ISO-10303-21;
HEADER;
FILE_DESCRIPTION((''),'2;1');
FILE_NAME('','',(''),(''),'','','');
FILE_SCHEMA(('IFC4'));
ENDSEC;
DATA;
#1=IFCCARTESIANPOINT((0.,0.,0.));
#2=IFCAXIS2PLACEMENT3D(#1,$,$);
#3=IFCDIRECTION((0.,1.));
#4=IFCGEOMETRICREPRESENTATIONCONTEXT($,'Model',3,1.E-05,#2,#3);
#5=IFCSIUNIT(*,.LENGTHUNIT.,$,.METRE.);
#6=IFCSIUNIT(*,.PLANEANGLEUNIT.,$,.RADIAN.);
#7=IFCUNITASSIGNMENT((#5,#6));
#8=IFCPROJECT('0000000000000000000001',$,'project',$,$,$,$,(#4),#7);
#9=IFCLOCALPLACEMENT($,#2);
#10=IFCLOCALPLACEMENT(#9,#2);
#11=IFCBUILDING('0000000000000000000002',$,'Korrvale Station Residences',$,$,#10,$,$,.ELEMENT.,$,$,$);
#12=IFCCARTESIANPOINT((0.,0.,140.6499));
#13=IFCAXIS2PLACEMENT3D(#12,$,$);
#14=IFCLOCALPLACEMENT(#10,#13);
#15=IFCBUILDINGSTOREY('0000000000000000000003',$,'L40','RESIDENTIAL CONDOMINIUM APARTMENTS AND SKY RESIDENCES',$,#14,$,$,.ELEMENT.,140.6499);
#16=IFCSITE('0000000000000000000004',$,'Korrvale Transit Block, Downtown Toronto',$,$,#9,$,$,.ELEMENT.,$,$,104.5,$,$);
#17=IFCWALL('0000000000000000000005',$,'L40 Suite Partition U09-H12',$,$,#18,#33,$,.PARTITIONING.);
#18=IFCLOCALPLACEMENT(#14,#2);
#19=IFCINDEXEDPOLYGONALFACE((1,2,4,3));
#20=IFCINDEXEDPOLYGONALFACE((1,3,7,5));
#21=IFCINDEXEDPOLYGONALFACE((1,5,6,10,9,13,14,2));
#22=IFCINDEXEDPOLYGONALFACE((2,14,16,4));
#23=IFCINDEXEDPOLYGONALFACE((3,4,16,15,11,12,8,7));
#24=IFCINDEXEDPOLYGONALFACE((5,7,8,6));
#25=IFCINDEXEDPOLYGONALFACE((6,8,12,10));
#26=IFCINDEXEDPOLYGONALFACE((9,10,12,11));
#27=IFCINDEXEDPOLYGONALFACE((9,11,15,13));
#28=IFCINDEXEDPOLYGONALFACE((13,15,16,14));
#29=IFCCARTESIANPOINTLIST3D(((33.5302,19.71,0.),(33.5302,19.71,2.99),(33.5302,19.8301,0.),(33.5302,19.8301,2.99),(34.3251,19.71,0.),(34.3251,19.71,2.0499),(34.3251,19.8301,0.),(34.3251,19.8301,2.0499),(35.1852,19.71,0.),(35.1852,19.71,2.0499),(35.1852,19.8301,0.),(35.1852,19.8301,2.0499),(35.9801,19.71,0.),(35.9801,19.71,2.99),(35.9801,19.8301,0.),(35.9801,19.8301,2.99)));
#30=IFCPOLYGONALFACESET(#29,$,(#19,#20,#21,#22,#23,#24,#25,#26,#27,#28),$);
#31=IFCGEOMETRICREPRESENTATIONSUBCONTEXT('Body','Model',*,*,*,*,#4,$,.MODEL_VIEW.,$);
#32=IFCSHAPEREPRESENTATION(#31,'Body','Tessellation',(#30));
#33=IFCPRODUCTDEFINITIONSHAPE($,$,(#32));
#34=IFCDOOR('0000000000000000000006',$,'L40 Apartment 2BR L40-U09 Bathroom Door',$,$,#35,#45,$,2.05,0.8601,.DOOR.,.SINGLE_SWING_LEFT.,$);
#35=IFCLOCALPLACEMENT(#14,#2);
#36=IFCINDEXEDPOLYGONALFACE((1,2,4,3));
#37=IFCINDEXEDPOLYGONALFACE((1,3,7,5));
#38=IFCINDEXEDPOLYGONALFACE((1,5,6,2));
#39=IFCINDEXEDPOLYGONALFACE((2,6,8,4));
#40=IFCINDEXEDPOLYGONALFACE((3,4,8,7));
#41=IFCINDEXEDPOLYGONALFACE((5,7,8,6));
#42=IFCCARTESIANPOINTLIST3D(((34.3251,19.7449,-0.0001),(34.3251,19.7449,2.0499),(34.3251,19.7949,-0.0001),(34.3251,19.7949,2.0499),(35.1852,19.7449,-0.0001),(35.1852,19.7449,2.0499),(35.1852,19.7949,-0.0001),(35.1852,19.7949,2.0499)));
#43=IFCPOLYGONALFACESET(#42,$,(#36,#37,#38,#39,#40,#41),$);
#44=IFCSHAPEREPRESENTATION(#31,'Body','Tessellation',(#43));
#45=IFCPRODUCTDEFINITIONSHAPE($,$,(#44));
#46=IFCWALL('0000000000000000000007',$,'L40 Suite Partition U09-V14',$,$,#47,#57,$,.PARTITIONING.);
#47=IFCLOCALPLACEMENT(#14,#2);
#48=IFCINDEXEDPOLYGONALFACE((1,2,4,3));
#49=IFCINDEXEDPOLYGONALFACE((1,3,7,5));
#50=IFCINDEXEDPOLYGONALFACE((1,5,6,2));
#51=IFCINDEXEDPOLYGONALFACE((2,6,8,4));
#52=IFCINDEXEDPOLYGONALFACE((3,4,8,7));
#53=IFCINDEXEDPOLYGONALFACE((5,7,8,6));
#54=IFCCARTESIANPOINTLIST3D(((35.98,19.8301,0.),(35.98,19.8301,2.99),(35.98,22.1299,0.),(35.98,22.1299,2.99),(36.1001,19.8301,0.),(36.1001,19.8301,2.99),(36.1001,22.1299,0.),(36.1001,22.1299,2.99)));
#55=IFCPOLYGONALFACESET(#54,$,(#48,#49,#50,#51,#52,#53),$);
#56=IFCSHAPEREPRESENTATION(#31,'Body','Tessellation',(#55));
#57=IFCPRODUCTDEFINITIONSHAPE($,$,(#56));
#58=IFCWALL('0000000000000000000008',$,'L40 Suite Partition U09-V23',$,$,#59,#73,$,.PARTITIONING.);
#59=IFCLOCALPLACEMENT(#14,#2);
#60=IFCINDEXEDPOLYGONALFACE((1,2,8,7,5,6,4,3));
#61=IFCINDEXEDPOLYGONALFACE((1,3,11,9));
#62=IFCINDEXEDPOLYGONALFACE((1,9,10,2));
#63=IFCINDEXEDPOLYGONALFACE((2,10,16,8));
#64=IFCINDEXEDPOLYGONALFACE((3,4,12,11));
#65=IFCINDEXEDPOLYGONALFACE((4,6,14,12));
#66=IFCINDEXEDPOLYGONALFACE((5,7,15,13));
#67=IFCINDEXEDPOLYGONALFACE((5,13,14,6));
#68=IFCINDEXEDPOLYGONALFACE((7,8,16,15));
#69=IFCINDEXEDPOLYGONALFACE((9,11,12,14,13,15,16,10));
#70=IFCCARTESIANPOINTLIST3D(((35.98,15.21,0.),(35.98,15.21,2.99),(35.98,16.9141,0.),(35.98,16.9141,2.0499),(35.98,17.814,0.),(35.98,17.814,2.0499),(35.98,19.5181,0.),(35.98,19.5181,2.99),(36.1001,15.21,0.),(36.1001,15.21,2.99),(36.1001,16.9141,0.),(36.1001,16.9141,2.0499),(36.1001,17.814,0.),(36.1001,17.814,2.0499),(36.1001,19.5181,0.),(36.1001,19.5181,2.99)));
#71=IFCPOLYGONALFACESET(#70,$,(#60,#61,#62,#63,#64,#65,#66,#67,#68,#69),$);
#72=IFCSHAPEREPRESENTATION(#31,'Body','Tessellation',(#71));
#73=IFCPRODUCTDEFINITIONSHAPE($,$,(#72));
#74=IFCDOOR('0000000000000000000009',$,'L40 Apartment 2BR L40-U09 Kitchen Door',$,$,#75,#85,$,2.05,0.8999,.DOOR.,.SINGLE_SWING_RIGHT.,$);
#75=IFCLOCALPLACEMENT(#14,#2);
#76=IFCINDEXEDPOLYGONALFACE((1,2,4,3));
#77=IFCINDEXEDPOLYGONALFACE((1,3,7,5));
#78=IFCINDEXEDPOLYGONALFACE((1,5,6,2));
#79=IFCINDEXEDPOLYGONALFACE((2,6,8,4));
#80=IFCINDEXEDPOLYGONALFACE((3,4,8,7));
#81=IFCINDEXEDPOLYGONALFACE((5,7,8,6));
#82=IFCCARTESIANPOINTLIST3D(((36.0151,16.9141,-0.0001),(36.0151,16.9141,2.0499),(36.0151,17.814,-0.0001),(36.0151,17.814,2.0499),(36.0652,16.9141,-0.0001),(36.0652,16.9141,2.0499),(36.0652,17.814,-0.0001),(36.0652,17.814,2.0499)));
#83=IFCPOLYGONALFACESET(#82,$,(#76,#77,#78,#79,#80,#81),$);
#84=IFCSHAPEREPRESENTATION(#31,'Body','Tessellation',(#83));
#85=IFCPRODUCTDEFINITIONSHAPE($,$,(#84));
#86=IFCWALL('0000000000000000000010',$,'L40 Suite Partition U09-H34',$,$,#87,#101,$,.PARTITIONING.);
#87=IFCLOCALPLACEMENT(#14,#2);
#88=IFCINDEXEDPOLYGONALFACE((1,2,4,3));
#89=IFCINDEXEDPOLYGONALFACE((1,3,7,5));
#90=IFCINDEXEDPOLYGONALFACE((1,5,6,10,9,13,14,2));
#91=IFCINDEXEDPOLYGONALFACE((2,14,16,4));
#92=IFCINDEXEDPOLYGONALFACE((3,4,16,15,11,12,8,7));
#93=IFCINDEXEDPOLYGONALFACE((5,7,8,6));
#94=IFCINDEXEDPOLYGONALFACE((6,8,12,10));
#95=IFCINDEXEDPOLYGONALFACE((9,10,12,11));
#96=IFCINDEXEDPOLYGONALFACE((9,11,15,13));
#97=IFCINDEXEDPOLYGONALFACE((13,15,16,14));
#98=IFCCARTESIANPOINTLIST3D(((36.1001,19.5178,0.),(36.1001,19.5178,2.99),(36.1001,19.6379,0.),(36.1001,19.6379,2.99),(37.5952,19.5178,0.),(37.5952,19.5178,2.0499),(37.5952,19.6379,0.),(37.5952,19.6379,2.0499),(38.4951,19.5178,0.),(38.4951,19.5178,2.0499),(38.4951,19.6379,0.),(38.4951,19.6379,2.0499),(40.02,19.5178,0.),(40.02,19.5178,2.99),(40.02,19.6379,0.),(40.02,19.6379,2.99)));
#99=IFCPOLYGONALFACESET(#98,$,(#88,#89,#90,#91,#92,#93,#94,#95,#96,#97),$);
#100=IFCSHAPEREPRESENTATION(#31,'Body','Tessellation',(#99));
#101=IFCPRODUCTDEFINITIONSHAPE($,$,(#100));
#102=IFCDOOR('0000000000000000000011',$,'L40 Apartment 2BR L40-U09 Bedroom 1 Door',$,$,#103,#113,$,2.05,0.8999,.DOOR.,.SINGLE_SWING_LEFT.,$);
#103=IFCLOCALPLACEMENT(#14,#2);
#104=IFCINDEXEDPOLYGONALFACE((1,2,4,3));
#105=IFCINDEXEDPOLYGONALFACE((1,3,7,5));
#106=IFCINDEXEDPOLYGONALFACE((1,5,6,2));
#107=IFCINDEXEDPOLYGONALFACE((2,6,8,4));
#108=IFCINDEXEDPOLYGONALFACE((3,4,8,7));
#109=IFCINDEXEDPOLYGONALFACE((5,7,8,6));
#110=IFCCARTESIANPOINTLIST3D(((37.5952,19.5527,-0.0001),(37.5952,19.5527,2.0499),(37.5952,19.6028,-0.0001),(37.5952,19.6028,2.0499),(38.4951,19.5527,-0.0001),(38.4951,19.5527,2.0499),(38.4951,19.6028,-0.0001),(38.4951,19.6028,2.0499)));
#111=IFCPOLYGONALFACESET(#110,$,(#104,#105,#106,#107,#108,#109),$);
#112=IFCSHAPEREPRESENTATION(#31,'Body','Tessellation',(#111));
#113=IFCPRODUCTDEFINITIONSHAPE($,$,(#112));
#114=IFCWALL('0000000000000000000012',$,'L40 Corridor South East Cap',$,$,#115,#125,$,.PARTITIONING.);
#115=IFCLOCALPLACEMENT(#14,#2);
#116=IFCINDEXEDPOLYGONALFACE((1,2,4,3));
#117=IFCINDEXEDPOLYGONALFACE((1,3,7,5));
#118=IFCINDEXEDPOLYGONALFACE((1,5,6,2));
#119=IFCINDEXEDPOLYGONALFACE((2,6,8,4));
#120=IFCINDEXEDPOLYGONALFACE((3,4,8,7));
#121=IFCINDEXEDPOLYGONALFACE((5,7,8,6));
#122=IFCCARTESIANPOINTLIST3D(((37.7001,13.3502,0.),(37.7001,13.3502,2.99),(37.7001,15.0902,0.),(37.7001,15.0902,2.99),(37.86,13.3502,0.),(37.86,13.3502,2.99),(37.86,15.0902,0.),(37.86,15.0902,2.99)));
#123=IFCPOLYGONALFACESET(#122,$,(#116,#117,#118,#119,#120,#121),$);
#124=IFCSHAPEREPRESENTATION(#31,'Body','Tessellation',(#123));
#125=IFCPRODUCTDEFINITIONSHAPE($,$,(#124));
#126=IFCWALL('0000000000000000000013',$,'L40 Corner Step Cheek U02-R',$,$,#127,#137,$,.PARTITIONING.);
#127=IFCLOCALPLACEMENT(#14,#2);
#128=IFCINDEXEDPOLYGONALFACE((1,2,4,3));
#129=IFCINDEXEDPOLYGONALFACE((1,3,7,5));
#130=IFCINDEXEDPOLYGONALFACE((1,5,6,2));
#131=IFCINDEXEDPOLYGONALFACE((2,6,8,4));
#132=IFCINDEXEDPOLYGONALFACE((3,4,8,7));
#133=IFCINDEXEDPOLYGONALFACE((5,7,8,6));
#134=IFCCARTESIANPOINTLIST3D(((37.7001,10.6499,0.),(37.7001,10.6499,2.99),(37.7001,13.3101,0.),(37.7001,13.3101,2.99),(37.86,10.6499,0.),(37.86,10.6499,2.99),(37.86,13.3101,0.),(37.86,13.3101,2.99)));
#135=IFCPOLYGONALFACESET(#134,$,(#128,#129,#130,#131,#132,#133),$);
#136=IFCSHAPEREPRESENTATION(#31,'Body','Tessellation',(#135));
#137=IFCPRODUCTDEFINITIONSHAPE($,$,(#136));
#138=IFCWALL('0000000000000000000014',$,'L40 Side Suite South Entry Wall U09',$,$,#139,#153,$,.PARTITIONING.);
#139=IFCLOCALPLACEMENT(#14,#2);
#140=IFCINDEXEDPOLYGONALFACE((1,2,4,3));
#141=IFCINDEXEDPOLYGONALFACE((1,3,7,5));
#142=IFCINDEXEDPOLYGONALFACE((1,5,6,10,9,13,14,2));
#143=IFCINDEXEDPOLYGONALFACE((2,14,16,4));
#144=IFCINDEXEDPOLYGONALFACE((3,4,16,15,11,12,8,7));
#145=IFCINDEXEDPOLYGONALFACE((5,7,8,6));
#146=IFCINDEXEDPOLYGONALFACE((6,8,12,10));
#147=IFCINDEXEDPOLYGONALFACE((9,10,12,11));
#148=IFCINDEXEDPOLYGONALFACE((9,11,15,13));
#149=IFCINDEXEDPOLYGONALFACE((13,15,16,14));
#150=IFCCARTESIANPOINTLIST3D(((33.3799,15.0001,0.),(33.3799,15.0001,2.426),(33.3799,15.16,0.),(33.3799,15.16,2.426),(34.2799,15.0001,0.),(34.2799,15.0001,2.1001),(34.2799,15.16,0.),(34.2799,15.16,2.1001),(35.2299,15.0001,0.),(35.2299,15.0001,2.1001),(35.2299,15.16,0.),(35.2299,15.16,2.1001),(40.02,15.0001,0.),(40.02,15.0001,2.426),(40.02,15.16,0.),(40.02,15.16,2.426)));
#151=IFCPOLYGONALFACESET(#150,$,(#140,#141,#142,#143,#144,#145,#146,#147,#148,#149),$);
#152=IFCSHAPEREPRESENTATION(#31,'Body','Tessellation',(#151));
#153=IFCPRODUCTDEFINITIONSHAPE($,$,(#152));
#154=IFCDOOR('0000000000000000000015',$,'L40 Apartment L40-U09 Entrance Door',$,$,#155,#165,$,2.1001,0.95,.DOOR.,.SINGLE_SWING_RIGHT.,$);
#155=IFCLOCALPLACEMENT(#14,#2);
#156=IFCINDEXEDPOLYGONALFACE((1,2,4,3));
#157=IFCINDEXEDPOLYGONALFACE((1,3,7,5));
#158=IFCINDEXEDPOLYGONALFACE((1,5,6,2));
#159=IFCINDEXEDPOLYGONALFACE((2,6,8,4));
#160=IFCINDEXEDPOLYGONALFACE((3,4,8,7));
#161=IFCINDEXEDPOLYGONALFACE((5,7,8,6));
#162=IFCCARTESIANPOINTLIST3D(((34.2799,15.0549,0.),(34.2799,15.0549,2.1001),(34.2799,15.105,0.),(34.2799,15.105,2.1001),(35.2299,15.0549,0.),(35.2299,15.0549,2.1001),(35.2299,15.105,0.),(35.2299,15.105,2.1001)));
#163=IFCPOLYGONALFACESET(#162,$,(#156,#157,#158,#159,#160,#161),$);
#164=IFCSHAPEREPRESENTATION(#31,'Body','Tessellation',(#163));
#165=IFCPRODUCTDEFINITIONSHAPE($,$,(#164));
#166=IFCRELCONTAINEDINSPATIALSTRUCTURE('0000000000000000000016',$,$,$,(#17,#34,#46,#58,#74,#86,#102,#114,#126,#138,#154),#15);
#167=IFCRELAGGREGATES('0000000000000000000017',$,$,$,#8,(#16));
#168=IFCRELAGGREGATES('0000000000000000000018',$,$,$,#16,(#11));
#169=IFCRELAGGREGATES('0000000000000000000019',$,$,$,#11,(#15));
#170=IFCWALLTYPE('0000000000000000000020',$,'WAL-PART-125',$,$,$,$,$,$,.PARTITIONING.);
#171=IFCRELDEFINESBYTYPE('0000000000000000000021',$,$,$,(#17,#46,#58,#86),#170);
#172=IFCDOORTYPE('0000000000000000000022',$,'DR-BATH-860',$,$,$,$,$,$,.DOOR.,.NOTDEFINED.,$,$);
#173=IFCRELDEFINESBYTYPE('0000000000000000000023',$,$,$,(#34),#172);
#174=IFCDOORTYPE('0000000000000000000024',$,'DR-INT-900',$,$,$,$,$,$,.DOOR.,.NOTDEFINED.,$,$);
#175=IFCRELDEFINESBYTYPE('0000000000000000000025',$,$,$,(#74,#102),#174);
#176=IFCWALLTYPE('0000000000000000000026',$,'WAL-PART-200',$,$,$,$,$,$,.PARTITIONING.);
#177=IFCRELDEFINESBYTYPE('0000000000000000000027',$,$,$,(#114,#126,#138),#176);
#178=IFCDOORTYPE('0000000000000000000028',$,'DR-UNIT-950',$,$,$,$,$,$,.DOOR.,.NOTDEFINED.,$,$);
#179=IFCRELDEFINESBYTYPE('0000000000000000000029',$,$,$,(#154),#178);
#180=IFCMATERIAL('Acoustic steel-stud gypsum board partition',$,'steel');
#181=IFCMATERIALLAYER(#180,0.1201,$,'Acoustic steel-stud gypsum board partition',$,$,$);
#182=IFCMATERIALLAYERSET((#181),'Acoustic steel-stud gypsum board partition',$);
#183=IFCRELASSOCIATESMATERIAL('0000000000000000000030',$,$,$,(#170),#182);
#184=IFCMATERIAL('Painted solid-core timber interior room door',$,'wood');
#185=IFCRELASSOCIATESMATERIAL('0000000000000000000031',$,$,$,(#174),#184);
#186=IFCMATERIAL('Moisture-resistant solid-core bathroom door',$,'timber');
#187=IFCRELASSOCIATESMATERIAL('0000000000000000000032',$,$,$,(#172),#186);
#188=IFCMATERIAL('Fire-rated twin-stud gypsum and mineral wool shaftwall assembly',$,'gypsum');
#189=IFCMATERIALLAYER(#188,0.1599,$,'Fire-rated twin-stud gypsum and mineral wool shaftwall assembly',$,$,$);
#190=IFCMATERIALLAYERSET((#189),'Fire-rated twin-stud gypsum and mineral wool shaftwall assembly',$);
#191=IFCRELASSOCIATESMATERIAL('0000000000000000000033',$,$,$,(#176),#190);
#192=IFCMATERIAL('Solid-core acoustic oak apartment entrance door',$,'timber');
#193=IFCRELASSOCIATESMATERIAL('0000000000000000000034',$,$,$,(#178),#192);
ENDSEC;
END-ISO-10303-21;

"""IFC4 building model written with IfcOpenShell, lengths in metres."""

from ifc_helpers import new_model, si_unit, direction, frame, frame_2d, origin, place, context, subcontext, project, spatial, rectangle, extrude, material, layer, layer_set, type_object, element, fill, save


model = new_model("IFC4")

# Units and contexts
model_context = context("Model", 3, precision=1e-05, world=origin(), true_north=direction((0.0, 1.0)))
body_context = subcontext(model_context, "Body", "Model", "MODEL_VIEW")
ifc_project = project(units=[si_unit("LENGTHUNIT", "METRE"), si_unit("PLANEANGLEUNIT", "RADIAN")], contexts=[model_context])

# Site, building, storey
site_placement = place(None, origin())
site = spatial("IfcSite", under=ifc_project, at=site_placement, Name="Korrvale Transit Block, Downtown Toronto", CompositionType="ELEMENT", RefElevation=104.5)
building_placement = place(site_placement, origin())
building = spatial("IfcBuilding", under=site, at=building_placement, Name="Korrvale Station Residences", CompositionType="ELEMENT")
storey_placement = place(building_placement, frame((0.0, 0.0, 140.6499)))
storey = spatial("IfcBuildingStorey", under=building, at=storey_placement, Name="L40", Description="RESIDENTIAL CONDOMINIUM APARTMENTS AND SKY RESIDENCES", CompositionType="ELEMENT", Elevation=140.6499)

# Wall, opening, door
ifc_material_1 = material(Name="Acoustic steel-stud gypsum board partition", Category="steel")
ifc_layer_1 = layer(ifc_material_1, 0.1201, Name="Acoustic steel-stud gypsum board partition")
ifc_layer_set_1 = layer_set([ifc_layer_1], Name="Acoustic steel-stud gypsum board partition")
wall_type_1 = type_object("IfcWallType", Name="WAL-PART-125", PredefinedType="PARTITIONING", material=ifc_layer_set_1)
ifc_material_2 = material(Name="Painted solid-core timber interior room door", Category="wood")
door_type_1 = type_object("IfcDoorType", Name="DR-INT-900", OperationType="NOTDEFINED", PredefinedType="DOOR", material=ifc_material_2)
wall_1_placement = place(storey_placement, frame((33.53, 19.77, 0.0), z_axis=(0.0, 0.0, 1.0), x_axis=(1.0, 0.0, 0.0)))
wall_1 = element("IfcWall", 1, at=wall_1_placement, inside=storey, type_object=wall_type_1, Name="L40 Suite Partition U09-H12", PredefinedType="PARTITIONING", context=body_context, shape_type="SweptSolid", body=[
    extrude(rectangle(XDim=2.45, YDim=0.1201, at=frame_2d((1.2251, 0.0))), origin(), (0.0, 0.0, 1.0), 2.99),
])
opening_1_placement = place(wall_1_placement, frame((0.7949, 0.0, 0.0)))
opening_1 = element("IfcOpeningElement", 2, at=opening_1_placement, cuts=wall_1, PredefinedType="OPENING", context=body_context, shape_type="SweptSolid", body=[
    extrude(rectangle(XDim=0.8601, YDim=2.05, at=frame_2d((0.4302, 1.0249))), frame((0.0, 0.0701, 0.0), z_axis=(0.0, -1.0, 0.0), x_axis=(1.0, 0.0, 0.0)), (0.0, 0.0, 1.0), 0.1401),
])
ifc_material_3 = material(Name="Moisture-resistant solid-core bathroom door", Category="timber")
door_type_2 = type_object("IfcDoorType", Name="DR-BATH-860", OperationType="NOTDEFINED", PredefinedType="DOOR", material=ifc_material_3)
door_1_placement = place(opening_1_placement, origin())
door_1 = element("IfcDoor", 3, at=door_1_placement, inside=storey, type_object=door_type_2, Name="L40 Apartment 2BR L40-U09 Bathroom Door", OperationType="SINGLE_SWING_LEFT", OverallHeight=2.05, OverallWidth=0.8601, PredefinedType="DOOR", context=body_context, shape_type="SweptSolid", body=[
    extrude(rectangle(XDim=0.8601, YDim=2.05, at=frame_2d((0.4302, 1.0249))), frame((0.0, 0.0249, 0.0), z_axis=(0.0, -1.0, 0.0), x_axis=(1.0, 0.0, 0.0)), (0.0, 0.0, 1.0), 0.05),
])
fill(opening_1, door_1)

# Wall
wall_2_placement = place(storey_placement, frame((36.04, 19.8301, 0.0), z_axis=(0.0, 0.0, 1.0), x_axis=(0.0, 1.0, 0.0)))
element("IfcWall", 4, at=wall_2_placement, inside=storey, type_object=wall_type_1, Name="L40 Suite Partition U09-V14", PredefinedType="PARTITIONING", context=body_context, shape_type="SweptSolid", body=[
    extrude(rectangle(XDim=2.2998, YDim=0.1201, at=frame_2d((1.1499, 0.0))), origin(), (0.0, 0.0, 1.0), 2.99),
])

# Walls, openings, doors
wall_3_placement = place(storey_placement, frame((36.04, 15.21, 0.0), z_axis=(0.0, 0.0, 1.0), x_axis=(0.0, 1.0, 0.0)))
wall_3 = element("IfcWall", 5, at=wall_3_placement, inside=storey, type_object=wall_type_1, Name="L40 Suite Partition U09-V23", PredefinedType="PARTITIONING", context=body_context, shape_type="SweptSolid", body=[
    extrude(rectangle(XDim=4.3081, YDim=0.1201, at=frame_2d((2.1541, 0.0))), origin(), (0.0, 0.0, 1.0), 2.99),
])
opening_2_placement = place(wall_3_placement, frame((1.7041, 0.0, 0.0)))
opening_2 = element("IfcOpeningElement", 6, at=opening_2_placement, cuts=wall_3, PredefinedType="OPENING", context=body_context, shape_type="SweptSolid", body=[
    extrude(rectangle(XDim=0.8999, YDim=2.05, at=frame_2d((0.45, 1.0249))), frame((0.0, 0.0701, 0.0), z_axis=(0.0, -1.0, 0.0), x_axis=(1.0, 0.0, 0.0)), (0.0, 0.0, 1.0), 0.1401),
])
door_2_placement = place(opening_2_placement, origin())
door_2 = element("IfcDoor", 7, at=door_2_placement, inside=storey, type_object=door_type_1, Name="L40 Apartment 2BR L40-U09 Kitchen Door", OperationType="SINGLE_SWING_RIGHT", OverallHeight=2.05, OverallWidth=0.8999, PredefinedType="DOOR", context=body_context, shape_type="SweptSolid", body=[
    extrude(rectangle(XDim=0.8999, YDim=2.05, at=frame_2d((0.45, 1.0249))), frame((0.0, 0.0249, 0.0), z_axis=(0.0, -1.0, 0.0), x_axis=(1.0, 0.0, 0.0)), (0.0, 0.0, 1.0), 0.05),
])
fill(opening_2, door_2)
wall_4_placement = place(storey_placement, frame((36.1001, 19.5779, 0.0), z_axis=(0.0, 0.0, 1.0), x_axis=(1.0, 0.0, 0.0)))
wall_4 = element("IfcWall", 8, at=wall_4_placement, inside=storey, type_object=wall_type_1, Name="L40 Suite Partition U09-H34", PredefinedType="PARTITIONING", context=body_context, shape_type="SweptSolid", body=[
    extrude(rectangle(XDim=3.9199, YDim=0.1201, at=frame_2d((1.96, 0.0))), origin(), (0.0, 0.0, 1.0), 2.99),
])
opening_3_placement = place(wall_4_placement, frame((1.4951, 0.0, 0.0)))
opening_3 = element("IfcOpeningElement", 9, at=opening_3_placement, cuts=wall_4, PredefinedType="OPENING", context=body_context, shape_type="SweptSolid", body=[
    extrude(rectangle(XDim=0.8999, YDim=2.05, at=frame_2d((0.45, 1.0249))), frame((0.0, 0.0701, 0.0), z_axis=(0.0, -1.0, 0.0), x_axis=(1.0, 0.0, 0.0)), (0.0, 0.0, 1.0), 0.1401),
])
door_3_placement = place(opening_3_placement, origin())
door_3 = element("IfcDoor", 10, at=door_3_placement, inside=storey, type_object=door_type_1, Name="L40 Apartment 2BR L40-U09 Bedroom 1 Door", OperationType="SINGLE_SWING_LEFT", OverallHeight=2.05, OverallWidth=0.8999, PredefinedType="DOOR", context=body_context, shape_type="SweptSolid", body=[
    extrude(rectangle(XDim=0.8999, YDim=2.05, at=frame_2d((0.45, 1.0249))), frame((0.0, 0.0249, 0.0), z_axis=(0.0, -1.0, 0.0), x_axis=(1.0, 0.0, 0.0)), (0.0, 0.0, 1.0), 0.05),
])
fill(opening_3, door_3)

# Walls
ifc_material_4 = material(Name="Fire-rated twin-stud gypsum and mineral wool shaftwall assembly", Category="gypsum")
ifc_layer_2 = layer(ifc_material_4, 0.1599, Name="Fire-rated twin-stud gypsum and mineral wool shaftwall assembly")
ifc_layer_set_2 = layer_set([ifc_layer_2], Name="Fire-rated twin-stud gypsum and mineral wool shaftwall assembly")
wall_type_2 = type_object("IfcWallType", Name="WAL-PART-200", PredefinedType="PARTITIONING", material=ifc_layer_set_2)
wall_5_placement = place(storey_placement, frame((37.78, 13.3501, 0.0), z_axis=(0.0, 0.0, 1.0), x_axis=(0.0, 1.0, 0.0)))
element("IfcWall", 11, at=wall_5_placement, inside=storey, type_object=wall_type_2, Name="L40 Corridor South East Cap", PredefinedType="PARTITIONING", context=body_context, shape_type="SweptSolid", body=[
    extrude(rectangle(XDim=1.74, YDim=0.1599, at=frame_2d((0.8701, 0.0))), origin(), (0.0, 0.0, 1.0), 2.99),
])
wall_6_placement = place(storey_placement, frame((37.78, 10.6499, 0.0), z_axis=(0.0, 0.0, 1.0), x_axis=(0.0, 1.0, 0.0)))
element("IfcWall", 12, at=wall_6_placement, inside=storey, type_object=wall_type_2, Name="L40 Corner Step Cheek U02-R", PredefinedType="PARTITIONING", context=body_context, shape_type="SweptSolid", body=[
    extrude(rectangle(XDim=2.6602, YDim=0.1599, at=frame_2d((1.3301, 0.0))), origin(), (0.0, 0.0, 1.0), 2.99),
])

# Wall, opening, door
wall_7_placement = place(storey_placement, frame((33.3799, 15.0801, 0.0), z_axis=(0.0, 0.0, 1.0), x_axis=(1.0, 0.0, 0.0)))
wall_7 = element("IfcWall", 13, at=wall_7_placement, inside=storey, type_object=wall_type_2, Name="L40 Side Suite South Entry Wall U09", PredefinedType="PARTITIONING", context=body_context, shape_type="SweptSolid", body=[
    extrude(rectangle(XDim=6.6401, YDim=0.1599, at=frame_2d((3.3201, 0.0))), origin(), (0.0, 0.0, 1.0), 2.426),
])
opening_4_placement = place(wall_7_placement, frame((0.8999, 0.0, 0.0)))
opening_4 = element("IfcOpeningElement", 14, at=opening_4_placement, cuts=wall_7, PredefinedType="OPENING", context=body_context, shape_type="SweptSolid", body=[
    extrude(rectangle(XDim=0.95, YDim=2.1001, at=frame_2d((0.4751, 1.05))), frame((0.0, 0.0898, 0.0), z_axis=(0.0, -1.0, 0.0), x_axis=(1.0, 0.0, 0.0)), (0.0, 0.0, 1.0), 0.1799),
])
ifc_material_5 = material(Name="Solid-core acoustic oak apartment entrance door", Category="timber")
door_type_3 = type_object("IfcDoorType", Name="DR-UNIT-950", OperationType="NOTDEFINED", PredefinedType="DOOR", material=ifc_material_5)
door_4_placement = place(opening_4_placement, origin())
door_4 = element("IfcDoor", 15, at=door_4_placement, inside=storey, type_object=door_type_3, Name="L40 Apartment L40-U09 Entrance Door", OperationType="SINGLE_SWING_RIGHT", OverallHeight=2.1001, OverallWidth=0.95, PredefinedType="DOOR", context=body_context, shape_type="SweptSolid", body=[
    extrude(rectangle(XDim=0.95, YDim=2.1001, at=frame_2d((0.4751, 1.05))), frame((0.0, 0.0249, 0.0), z_axis=(0.0, -1.0, 0.0), x_axis=(1.0, 0.0, 0.0)), (0.0, 0.0, 1.0), 0.05),
])
fill(opening_4, door_4)

save(model, "model.ifc")
